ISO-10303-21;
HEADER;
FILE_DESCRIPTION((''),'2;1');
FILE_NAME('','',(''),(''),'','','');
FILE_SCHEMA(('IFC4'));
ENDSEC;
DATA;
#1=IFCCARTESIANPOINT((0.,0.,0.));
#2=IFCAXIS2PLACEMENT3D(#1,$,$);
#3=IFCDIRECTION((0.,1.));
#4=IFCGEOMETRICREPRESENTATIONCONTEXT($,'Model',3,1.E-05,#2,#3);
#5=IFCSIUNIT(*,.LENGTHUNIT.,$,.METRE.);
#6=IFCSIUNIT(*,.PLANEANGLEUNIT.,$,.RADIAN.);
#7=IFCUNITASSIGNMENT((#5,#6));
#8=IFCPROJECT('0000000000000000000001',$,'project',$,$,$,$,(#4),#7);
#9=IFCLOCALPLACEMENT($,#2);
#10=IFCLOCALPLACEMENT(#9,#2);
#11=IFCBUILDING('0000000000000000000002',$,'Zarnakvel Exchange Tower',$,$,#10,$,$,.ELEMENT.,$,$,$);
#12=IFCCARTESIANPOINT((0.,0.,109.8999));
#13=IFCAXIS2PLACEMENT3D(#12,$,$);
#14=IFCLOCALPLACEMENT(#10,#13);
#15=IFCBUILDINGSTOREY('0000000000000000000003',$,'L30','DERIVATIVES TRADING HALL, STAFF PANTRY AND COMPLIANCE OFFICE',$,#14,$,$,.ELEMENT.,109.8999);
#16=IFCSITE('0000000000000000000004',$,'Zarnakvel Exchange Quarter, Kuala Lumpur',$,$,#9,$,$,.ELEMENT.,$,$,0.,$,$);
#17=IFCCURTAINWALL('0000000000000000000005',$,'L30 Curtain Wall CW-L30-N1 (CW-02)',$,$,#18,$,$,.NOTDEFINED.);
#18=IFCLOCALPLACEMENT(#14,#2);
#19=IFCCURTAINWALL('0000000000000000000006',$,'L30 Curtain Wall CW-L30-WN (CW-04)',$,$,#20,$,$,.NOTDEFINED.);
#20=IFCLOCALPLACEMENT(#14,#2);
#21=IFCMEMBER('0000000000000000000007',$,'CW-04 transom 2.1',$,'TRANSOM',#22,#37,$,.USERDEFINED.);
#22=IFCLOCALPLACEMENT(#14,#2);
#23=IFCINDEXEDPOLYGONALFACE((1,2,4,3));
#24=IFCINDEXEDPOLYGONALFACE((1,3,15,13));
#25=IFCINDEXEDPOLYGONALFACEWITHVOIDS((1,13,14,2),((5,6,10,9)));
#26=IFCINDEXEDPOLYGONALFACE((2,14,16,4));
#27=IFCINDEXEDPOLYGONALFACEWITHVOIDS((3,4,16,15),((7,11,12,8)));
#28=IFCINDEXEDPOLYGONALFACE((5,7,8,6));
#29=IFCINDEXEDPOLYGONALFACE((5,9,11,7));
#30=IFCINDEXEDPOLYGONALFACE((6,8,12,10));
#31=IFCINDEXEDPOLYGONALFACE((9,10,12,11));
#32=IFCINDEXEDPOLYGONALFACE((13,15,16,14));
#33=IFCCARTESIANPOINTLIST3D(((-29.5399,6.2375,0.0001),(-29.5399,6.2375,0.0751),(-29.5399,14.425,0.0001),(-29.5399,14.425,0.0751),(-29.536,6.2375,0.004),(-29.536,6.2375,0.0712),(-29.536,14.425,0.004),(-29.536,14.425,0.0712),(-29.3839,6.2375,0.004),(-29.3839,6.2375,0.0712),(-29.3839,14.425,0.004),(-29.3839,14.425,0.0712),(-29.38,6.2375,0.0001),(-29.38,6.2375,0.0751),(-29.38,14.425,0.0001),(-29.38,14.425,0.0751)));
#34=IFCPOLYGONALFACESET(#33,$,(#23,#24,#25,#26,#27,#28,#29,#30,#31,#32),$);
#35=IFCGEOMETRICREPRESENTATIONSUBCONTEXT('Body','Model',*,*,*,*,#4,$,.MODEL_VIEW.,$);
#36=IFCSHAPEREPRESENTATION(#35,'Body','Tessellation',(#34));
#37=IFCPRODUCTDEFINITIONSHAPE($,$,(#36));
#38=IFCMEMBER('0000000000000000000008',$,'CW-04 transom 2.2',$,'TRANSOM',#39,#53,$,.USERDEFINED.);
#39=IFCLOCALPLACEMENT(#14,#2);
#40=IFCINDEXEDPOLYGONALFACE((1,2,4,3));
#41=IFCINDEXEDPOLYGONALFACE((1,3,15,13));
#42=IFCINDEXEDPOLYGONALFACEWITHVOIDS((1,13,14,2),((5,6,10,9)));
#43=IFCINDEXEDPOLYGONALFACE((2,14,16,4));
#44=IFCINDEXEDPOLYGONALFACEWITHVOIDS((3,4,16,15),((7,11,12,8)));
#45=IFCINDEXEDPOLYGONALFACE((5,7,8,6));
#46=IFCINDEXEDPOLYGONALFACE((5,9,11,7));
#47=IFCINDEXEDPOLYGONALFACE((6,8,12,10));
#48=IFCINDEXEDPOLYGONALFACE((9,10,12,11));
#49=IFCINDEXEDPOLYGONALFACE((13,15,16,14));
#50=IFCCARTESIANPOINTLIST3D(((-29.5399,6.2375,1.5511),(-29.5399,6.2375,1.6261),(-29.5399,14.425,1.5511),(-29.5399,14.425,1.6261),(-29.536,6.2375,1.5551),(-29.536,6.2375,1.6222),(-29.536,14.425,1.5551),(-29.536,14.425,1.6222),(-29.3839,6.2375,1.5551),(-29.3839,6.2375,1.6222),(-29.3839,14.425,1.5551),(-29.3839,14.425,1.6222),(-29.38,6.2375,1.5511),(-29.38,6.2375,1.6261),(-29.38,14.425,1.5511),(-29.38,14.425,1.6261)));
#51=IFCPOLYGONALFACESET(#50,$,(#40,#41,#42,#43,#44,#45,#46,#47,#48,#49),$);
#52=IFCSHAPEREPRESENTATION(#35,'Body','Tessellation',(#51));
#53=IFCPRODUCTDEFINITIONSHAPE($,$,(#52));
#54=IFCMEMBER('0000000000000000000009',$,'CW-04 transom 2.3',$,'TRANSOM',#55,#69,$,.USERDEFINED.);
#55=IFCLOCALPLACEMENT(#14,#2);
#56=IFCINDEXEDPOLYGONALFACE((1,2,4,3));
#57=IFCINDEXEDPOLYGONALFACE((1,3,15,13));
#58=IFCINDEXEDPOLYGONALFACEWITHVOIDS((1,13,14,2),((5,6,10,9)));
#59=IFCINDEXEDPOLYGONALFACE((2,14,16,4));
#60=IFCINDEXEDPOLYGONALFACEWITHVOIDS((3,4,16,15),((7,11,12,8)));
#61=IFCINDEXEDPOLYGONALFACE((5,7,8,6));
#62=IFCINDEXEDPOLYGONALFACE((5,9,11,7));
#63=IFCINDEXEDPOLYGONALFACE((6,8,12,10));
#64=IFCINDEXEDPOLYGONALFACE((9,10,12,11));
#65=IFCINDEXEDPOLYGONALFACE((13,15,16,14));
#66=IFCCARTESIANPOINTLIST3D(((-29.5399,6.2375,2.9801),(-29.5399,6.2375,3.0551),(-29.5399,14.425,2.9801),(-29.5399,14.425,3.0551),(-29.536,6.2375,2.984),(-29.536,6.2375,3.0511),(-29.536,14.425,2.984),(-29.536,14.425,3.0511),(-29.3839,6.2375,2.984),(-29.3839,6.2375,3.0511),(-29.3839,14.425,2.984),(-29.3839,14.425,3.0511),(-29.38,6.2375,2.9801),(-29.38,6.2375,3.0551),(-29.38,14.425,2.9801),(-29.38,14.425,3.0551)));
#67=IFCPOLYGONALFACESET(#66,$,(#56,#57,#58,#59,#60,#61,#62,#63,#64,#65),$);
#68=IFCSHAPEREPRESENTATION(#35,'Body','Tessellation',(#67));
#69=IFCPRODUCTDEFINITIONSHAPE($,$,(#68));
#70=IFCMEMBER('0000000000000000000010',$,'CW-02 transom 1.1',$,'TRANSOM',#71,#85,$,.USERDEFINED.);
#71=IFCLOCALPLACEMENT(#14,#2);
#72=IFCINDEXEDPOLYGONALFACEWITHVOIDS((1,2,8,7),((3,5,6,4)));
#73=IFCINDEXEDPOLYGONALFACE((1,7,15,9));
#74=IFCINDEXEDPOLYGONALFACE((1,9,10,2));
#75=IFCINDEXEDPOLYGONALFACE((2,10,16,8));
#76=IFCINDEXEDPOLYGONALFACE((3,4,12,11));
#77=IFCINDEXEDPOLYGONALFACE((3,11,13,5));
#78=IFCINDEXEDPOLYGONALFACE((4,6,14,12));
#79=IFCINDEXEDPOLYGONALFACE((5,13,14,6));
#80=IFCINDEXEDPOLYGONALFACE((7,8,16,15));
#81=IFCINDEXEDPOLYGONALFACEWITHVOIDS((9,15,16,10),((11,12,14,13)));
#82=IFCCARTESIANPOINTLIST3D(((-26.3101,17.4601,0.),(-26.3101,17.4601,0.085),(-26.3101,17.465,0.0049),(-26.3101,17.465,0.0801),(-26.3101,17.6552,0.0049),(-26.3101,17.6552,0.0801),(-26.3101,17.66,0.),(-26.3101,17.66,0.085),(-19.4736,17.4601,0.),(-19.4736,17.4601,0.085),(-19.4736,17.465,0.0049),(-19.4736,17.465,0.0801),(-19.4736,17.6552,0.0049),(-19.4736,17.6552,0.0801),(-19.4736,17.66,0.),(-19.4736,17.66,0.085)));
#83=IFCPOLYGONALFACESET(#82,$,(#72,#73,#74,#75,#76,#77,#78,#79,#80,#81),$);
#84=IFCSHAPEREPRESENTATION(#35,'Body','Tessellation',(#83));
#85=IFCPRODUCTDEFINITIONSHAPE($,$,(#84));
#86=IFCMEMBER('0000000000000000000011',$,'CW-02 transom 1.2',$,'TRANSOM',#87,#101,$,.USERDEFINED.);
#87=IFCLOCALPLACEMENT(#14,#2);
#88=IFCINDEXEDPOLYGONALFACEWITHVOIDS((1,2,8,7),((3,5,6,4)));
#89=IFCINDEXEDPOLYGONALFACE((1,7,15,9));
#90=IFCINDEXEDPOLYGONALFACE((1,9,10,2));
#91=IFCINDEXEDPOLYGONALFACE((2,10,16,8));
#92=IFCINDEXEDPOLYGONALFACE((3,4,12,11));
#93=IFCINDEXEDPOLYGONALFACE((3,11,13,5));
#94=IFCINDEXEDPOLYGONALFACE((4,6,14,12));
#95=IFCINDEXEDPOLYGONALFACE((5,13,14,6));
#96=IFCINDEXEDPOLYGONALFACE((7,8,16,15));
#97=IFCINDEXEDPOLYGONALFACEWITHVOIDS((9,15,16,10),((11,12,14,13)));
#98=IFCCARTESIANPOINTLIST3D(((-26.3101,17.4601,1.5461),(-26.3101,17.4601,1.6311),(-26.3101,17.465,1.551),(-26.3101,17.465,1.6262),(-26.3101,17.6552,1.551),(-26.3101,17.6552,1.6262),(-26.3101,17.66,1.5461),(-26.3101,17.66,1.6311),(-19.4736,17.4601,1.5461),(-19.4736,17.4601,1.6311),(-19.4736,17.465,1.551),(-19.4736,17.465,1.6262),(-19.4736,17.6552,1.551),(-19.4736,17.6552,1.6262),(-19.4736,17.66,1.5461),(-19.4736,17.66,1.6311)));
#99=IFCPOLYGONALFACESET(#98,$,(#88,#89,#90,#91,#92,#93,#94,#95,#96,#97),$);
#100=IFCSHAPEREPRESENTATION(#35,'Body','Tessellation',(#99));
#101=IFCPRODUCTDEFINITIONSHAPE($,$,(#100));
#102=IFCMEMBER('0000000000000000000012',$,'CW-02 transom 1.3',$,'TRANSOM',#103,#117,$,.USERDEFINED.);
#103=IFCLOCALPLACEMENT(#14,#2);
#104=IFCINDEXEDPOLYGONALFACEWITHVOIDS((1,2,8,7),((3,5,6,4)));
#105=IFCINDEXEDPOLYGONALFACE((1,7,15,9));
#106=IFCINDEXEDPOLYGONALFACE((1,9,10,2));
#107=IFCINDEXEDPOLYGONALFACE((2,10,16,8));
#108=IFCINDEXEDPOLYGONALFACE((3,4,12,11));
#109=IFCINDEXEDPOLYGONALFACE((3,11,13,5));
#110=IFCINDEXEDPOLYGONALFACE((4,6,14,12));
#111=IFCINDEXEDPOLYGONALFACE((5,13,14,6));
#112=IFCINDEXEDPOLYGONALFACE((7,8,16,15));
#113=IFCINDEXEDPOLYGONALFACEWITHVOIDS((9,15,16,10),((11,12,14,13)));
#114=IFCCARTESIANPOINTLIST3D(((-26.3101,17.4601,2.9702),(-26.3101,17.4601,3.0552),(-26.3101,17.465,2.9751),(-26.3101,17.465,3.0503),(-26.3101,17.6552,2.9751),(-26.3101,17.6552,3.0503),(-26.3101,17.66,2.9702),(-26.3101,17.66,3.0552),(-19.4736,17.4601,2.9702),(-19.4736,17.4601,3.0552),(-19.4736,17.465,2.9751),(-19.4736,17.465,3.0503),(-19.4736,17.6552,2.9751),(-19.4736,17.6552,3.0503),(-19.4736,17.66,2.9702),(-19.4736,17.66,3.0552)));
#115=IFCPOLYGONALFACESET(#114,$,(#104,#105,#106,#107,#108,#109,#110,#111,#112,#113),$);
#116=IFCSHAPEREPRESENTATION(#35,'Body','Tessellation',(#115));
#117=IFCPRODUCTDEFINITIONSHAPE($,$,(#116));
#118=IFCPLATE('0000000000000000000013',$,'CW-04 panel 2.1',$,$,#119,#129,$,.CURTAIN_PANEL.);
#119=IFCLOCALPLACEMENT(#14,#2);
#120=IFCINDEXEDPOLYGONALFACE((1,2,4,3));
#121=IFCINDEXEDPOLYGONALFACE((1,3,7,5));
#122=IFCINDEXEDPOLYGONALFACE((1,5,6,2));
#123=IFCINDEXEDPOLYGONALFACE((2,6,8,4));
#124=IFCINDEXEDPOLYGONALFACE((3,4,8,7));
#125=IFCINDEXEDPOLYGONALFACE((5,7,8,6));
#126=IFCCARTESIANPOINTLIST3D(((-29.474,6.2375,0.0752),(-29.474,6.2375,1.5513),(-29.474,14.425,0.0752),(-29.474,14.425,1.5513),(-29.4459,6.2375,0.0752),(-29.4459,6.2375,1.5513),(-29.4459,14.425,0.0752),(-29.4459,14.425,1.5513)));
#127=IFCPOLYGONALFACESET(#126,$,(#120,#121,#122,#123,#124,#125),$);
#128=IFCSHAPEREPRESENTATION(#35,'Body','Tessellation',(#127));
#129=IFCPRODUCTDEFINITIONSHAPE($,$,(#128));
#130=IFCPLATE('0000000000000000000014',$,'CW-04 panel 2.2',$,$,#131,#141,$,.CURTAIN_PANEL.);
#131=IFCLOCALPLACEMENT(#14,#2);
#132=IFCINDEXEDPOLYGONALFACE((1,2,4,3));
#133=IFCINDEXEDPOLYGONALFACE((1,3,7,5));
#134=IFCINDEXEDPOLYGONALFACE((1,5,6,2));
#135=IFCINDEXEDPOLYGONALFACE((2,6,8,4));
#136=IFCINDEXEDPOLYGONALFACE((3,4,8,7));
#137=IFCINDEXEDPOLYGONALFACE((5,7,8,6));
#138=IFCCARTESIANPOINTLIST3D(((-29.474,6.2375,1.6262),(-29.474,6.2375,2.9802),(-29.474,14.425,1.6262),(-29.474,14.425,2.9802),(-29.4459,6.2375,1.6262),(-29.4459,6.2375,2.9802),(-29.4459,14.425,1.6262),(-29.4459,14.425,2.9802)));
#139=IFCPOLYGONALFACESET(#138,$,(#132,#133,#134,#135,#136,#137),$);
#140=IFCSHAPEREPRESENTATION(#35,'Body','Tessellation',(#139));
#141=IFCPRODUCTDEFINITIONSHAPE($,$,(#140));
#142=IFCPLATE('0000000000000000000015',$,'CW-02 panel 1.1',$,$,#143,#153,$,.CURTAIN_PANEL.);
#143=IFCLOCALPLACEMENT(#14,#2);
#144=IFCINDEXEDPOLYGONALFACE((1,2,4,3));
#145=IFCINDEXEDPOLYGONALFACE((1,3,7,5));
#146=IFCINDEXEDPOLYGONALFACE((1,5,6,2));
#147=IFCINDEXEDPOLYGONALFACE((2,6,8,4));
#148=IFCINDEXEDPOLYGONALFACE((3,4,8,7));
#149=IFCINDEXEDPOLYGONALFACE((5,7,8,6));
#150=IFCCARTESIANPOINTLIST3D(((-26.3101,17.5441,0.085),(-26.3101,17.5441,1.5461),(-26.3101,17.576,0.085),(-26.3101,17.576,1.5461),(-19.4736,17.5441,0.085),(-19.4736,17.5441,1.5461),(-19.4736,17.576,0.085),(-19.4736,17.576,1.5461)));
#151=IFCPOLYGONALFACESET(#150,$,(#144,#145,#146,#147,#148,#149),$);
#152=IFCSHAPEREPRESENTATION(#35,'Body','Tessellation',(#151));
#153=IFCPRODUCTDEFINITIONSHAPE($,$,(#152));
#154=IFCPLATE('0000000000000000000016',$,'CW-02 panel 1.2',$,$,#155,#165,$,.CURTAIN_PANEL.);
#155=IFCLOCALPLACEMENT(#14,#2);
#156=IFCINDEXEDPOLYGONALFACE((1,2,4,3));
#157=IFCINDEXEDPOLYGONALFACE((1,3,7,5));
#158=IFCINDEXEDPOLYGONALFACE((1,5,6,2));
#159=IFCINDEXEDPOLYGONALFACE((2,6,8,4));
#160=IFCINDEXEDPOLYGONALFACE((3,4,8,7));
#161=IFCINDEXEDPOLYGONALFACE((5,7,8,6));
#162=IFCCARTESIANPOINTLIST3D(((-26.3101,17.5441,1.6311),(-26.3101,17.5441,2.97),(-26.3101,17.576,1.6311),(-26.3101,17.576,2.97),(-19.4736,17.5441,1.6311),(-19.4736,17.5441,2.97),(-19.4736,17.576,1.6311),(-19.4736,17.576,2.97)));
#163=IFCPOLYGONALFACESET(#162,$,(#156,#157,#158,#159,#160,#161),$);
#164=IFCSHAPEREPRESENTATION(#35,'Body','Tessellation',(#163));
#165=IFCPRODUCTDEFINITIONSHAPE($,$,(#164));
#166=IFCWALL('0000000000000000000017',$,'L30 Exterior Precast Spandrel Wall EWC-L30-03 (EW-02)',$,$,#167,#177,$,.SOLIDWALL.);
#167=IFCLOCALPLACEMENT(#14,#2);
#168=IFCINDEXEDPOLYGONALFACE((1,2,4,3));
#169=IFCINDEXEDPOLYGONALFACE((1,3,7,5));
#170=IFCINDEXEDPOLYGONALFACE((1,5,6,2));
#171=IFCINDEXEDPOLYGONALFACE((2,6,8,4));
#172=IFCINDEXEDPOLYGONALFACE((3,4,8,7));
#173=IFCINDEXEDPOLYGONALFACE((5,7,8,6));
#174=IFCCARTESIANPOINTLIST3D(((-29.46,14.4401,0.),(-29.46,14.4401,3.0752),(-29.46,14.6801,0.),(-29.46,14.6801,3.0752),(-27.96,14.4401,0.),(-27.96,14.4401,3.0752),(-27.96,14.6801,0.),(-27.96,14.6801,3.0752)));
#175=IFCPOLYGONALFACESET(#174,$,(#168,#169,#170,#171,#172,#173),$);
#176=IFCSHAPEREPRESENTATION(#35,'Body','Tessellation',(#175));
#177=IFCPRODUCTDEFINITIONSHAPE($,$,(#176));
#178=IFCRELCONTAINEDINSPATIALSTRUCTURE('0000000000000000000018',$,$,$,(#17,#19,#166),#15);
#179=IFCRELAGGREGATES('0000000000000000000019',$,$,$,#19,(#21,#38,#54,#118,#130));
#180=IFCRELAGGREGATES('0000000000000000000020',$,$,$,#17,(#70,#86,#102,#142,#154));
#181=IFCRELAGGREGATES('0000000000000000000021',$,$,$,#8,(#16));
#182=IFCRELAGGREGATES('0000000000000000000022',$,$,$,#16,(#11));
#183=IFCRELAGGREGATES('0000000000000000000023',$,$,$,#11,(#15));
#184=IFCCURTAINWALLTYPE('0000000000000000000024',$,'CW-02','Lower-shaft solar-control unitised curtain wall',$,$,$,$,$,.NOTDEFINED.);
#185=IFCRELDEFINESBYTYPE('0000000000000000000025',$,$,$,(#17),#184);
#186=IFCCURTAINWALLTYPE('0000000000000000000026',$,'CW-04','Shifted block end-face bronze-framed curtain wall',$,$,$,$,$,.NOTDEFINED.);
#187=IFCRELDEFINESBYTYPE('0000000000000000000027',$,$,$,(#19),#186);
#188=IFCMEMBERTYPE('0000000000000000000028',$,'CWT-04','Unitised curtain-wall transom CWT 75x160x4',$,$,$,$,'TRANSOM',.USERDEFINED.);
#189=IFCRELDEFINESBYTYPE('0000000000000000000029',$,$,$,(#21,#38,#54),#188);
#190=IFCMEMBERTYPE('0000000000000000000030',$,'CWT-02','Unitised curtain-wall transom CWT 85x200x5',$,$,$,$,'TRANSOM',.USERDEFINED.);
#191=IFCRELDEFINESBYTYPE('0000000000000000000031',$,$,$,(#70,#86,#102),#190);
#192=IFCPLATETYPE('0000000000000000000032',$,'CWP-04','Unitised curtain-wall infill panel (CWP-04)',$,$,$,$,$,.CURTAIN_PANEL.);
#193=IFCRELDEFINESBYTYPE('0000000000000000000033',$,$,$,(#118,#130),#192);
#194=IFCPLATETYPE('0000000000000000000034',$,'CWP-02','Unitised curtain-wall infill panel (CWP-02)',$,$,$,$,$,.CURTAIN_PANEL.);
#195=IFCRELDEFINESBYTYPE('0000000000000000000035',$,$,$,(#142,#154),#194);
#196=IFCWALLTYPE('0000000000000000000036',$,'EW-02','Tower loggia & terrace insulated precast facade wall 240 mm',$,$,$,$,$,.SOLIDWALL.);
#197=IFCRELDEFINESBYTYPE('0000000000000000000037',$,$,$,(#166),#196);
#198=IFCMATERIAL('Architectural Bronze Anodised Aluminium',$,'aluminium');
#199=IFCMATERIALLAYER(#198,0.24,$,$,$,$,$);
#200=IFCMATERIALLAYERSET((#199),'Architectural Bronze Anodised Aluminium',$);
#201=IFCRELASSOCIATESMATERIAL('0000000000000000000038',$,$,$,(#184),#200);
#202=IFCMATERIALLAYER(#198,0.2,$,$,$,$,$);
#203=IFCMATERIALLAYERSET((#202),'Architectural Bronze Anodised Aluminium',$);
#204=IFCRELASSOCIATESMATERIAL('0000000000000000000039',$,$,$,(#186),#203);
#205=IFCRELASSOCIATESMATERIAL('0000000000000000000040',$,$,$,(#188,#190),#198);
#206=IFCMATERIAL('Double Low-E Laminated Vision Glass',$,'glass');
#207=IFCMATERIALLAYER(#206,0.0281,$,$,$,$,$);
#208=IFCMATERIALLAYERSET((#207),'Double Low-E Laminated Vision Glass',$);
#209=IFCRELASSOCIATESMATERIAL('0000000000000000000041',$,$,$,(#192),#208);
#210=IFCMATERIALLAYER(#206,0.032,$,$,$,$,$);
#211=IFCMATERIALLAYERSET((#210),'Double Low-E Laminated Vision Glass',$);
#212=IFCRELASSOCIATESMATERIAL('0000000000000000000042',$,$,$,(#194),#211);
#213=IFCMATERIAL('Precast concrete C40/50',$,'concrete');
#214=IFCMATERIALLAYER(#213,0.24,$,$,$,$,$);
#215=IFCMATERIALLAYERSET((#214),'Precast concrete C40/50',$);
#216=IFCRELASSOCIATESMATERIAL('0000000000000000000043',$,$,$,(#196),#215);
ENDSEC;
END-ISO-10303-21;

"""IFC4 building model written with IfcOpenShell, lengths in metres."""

from ifc_helpers import new_model, si_unit, direction, frame, frame_2d, origin, origin_2d, place, context, subcontext, project, spatial, rectangle, hollow_rectangle, extrude, source, transform, mapped, material, layer, layer_set, material_profile, profile_set, type_object, element, aggregate, save


model = new_model("IFC4")

# Units and contexts
model_context = context("Model", 3, precision=1e-05, world=origin(), true_north=direction((0.0, 1.0)))
body_context = subcontext(model_context, "Body", "Model", "MODEL_VIEW")
ifc_project = project(units=[si_unit("LENGTHUNIT", "METRE"), si_unit("PLANEANGLEUNIT", "RADIAN")], contexts=[model_context])

# Site, building, storey
site_placement = place(None, origin())
site = spatial("IfcSite", under=ifc_project, at=site_placement, Name="Zarnakvel Exchange Quarter, Kuala Lumpur", CompositionType="ELEMENT", RefElevation=0.0)
building_placement = place(site_placement, origin())
building = spatial("IfcBuilding", under=site, at=building_placement, Name="Zarnakvel Exchange Tower", CompositionType="ELEMENT")
storey_placement = place(building_placement, frame((0.0, 0.0, 109.8999)))
storey = spatial("IfcBuildingStorey", under=building, at=storey_placement, Name="L30", Description="DERIVATIVES TRADING HALL, STAFF PANTRY AND COMPLIANCE OFFICE", CompositionType="ELEMENT", Elevation=109.8999)

# Curtain wall
ifc_material_1 = material(Name="Architectural Bronze Anodised Aluminium", Category="aluminium")
ifc_layer_1 = layer(ifc_material_1, 0.24)
ifc_layer_set_1 = layer_set([ifc_layer_1], Name="Architectural Bronze Anodised Aluminium")
curtain_wall_type_1 = type_object("IfcCurtainWallType", Name="CW-02", Description="Lower-shaft solar-control unitised curtain wall", PredefinedType="NOTDEFINED", material=ifc_layer_set_1)
curtain_wall_1_placement = place(storey_placement, origin())
curtain_wall_1 = element("IfcCurtainWall", 1, at=curtain_wall_1_placement, inside=storey, type_object=curtain_wall_type_1, Name="L30 Curtain Wall CW-L30-N1 (CW-02)", PredefinedType="NOTDEFINED")

# Curtain wall, members
ifc_layer_2 = layer(ifc_material_1, 0.2)
ifc_layer_set_2 = layer_set([ifc_layer_2], Name="Architectural Bronze Anodised Aluminium")
curtain_wall_type_2 = type_object("IfcCurtainWallType", Name="CW-04", Description="Shifted block end-face bronze-framed curtain wall", PredefinedType="NOTDEFINED", material=ifc_layer_set_2)
curtain_wall_2_placement = place(storey_placement, origin())
curtain_wall_2 = element("IfcCurtainWall", 2, at=curtain_wall_2_placement, inside=storey, type_object=curtain_wall_type_2, Name="L30 Curtain Wall CW-L30-WN (CW-04)", PredefinedType="NOTDEFINED")
ifc_material_profile_1 = material_profile(ifc_material_1, hollow_rectangle(XDim=0.1599, YDim=0.075, WallThickness=0.0039, at=origin_2d()))
ifc_profile_set_1 = profile_set([ifc_material_profile_1], Name="Architectural Bronze Anodised Aluminium")
member_type_1 = type_object("IfcMemberType", Name="CWT-04", Description="Unitised curtain-wall transom CWT 75x160x4", ElementType="TRANSOM", PredefinedType="USERDEFINED", material=ifc_profile_set_1)
shared_shape_1 = source(origin(), body_context, "Body", "SweptSolid", [
    extrude(hollow_rectangle(XDim=0.1599, YDim=0.075, WallThickness=0.0039, at=origin_2d()), origin(), (0.0, 0.0, 1.0), 8.1875),
])
member_1_placement = place(storey_placement, frame((-29.46, 6.2375, 0.0376), z_axis=(0.0, 1.0, 0.0), x_axis=(-1.0, 0.0, 0.0)))
member_1 = element("IfcMember", 3, at=member_1_placement, type_object=member_type_1, Name="CW-04 transom 2.1", ObjectType="TRANSOM", PredefinedType="USERDEFINED", context=body_context, shape_type="MappedRepresentation", body=[
    mapped(shared_shape_1, transform((0.0, 0.0, 0.0), x_axis=(1.0, 0.0, 0.0), y_axis=(0.0, 1.0, 0.0), z_axis=(0.0, 0.0, 1.0), scale=1.0)),
])
member_2_placement = place(storey_placement, frame((-29.46, 6.2375, 1.5886), z_axis=(0.0, 1.0, 0.0), x_axis=(-1.0, 0.0, 0.0)))
member_2 = element("IfcMember", 4, at=member_2_placement, type_object=member_type_1, Name="CW-04 transom 2.2", ObjectType="TRANSOM", PredefinedType="USERDEFINED", context=body_context, shape_type="MappedRepresentation", body=[
    mapped(shared_shape_1, transform((0.0, 0.0, 0.0), x_axis=(1.0, 0.0, 0.0), y_axis=(0.0, 1.0, 0.0), z_axis=(0.0, 0.0, 1.0), scale=1.0)),
])
member_3_placement = place(storey_placement, frame((-29.46, 6.2375, 3.0176), z_axis=(0.0, 1.0, 0.0), x_axis=(-1.0, 0.0, 0.0)))
member_3 = element("IfcMember", 5, at=member_3_placement, type_object=member_type_1, Name="CW-04 transom 2.3", ObjectType="TRANSOM", PredefinedType="USERDEFINED", context=body_context, shape_type="MappedRepresentation", body=[
    mapped(shared_shape_1, transform((0.0, 0.0, 0.0), x_axis=(1.0, 0.0, 0.0), y_axis=(0.0, 1.0, 0.0), z_axis=(0.0, 0.0, 1.0), scale=1.0)),
])

# Members
ifc_material_profile_2 = material_profile(ifc_material_1, hollow_rectangle(XDim=0.2, YDim=0.085, WallThickness=0.0049, at=origin_2d()))
ifc_profile_set_2 = profile_set([ifc_material_profile_2], Name="Architectural Bronze Anodised Aluminium")
member_type_2 = type_object("IfcMemberType", Name="CWT-02", Description="Unitised curtain-wall transom CWT 85x200x5", ElementType="TRANSOM", PredefinedType="USERDEFINED", material=ifc_profile_set_2)
shared_shape_2 = source(origin(), body_context, "Body", "SweptSolid", [
    extrude(hollow_rectangle(XDim=0.2, YDim=0.085, WallThickness=0.0049, at=origin_2d()), origin(), (0.0, 0.0, 1.0), 6.8364),
])
member_4_placement = place(storey_placement, frame((-26.3101, 17.5601, 0.0425), z_axis=(1.0, 0.0, 0.0), x_axis=(0.0, 1.0, 0.0)))
member_4 = element("IfcMember", 6, at=member_4_placement, type_object=member_type_2, Name="CW-02 transom 1.1", ObjectType="TRANSOM", PredefinedType="USERDEFINED", context=body_context, shape_type="MappedRepresentation", body=[
    mapped(shared_shape_2, transform((0.0, 0.0, 0.0), x_axis=(1.0, 0.0, 0.0), y_axis=(0.0, 1.0, 0.0), z_axis=(0.0, 0.0, 1.0), scale=1.0)),
])
member_5_placement = place(storey_placement, frame((-26.3101, 17.5601, 1.5886), z_axis=(1.0, 0.0, 0.0), x_axis=(0.0, 1.0, 0.0)))
member_5 = element("IfcMember", 7, at=member_5_placement, type_object=member_type_2, Name="CW-02 transom 1.2", ObjectType="TRANSOM", PredefinedType="USERDEFINED", context=body_context, shape_type="MappedRepresentation", body=[
    mapped(shared_shape_2, transform((0.0, 0.0, 0.0), x_axis=(1.0, 0.0, 0.0), y_axis=(0.0, 1.0, 0.0), z_axis=(0.0, 0.0, 1.0), scale=1.0)),
])
member_6_placement = place(storey_placement, frame((-26.3101, 17.5601, 3.0127), z_axis=(1.0, 0.0, 0.0), x_axis=(0.0, 1.0, 0.0)))
member_6 = element("IfcMember", 8, at=member_6_placement, type_object=member_type_2, Name="CW-02 transom 1.3", ObjectType="TRANSOM", PredefinedType="USERDEFINED", context=body_context, shape_type="MappedRepresentation", body=[
    mapped(shared_shape_2, transform((0.0, 0.0, 0.0), x_axis=(1.0, 0.0, 0.0), y_axis=(0.0, 1.0, 0.0), z_axis=(0.0, 0.0, 1.0), scale=1.0)),
])

# Plates
ifc_material_2 = material(Name="Double Low-E Laminated Vision Glass", Category="glass")
ifc_layer_3 = layer(ifc_material_2, 0.0281)
ifc_layer_set_3 = layer_set([ifc_layer_3], Name="Double Low-E Laminated Vision Glass")
plate_type_1 = type_object("IfcPlateType", Name="CWP-04", Description="Unitised curtain-wall infill panel (CWP-04)", PredefinedType="CURTAIN_PANEL", material=ifc_layer_set_3)
shared_shape_3 = source(origin(), body_context, "Body", "SweptSolid", [
    extrude(rectangle(XDim=8.1875, YDim=0.0281, at=origin_2d()), origin(), (0.0, 0.0, 1.0), 1.4761),
])
plate_1_placement = place(storey_placement, frame((-29.46, 10.3313, 0.0752), z_axis=(0.0, 0.0, 1.0), x_axis=(0.0, 1.0, 0.0)))
plate_1 = element("IfcPlate", 9, at=plate_1_placement, type_object=plate_type_1, Name="CW-04 panel 2.1", PredefinedType="CURTAIN_PANEL", context=body_context, shape_type="MappedRepresentation", body=[
    mapped(shared_shape_3, transform((0.0, 0.0, 0.0), x_axis=(1.0, 0.0, 0.0), y_axis=(0.0, 1.0, 0.0), z_axis=(0.0, 0.0, 1.0), scale=1.0)),
])
shared_shape_4 = source(origin(), body_context, "Body", "SweptSolid", [
    extrude(rectangle(XDim=8.1875, YDim=0.0281, at=origin_2d()), origin(), (0.0, 0.0, 1.0), 1.354),
])
plate_2_placement = place(storey_placement, frame((-29.46, 10.3313, 1.6262), z_axis=(0.0, 0.0, 1.0), x_axis=(0.0, 1.0, 0.0)))
plate_2 = element("IfcPlate", 10, at=plate_2_placement, type_object=plate_type_1, Name="CW-04 panel 2.2", PredefinedType="CURTAIN_PANEL", context=body_context, shape_type="MappedRepresentation", body=[
    mapped(shared_shape_4, transform((0.0, 0.0, 0.0), x_axis=(1.0, 0.0, 0.0), y_axis=(0.0, 1.0, 0.0), z_axis=(0.0, 0.0, 1.0), scale=1.0)),
])
aggregate(curtain_wall_2, [member_1, member_2, member_3, plate_1, plate_2])
ifc_layer_4 = layer(ifc_material_2, 0.032)
ifc_layer_set_4 = layer_set([ifc_layer_4], Name="Double Low-E Laminated Vision Glass")
plate_type_2 = type_object("IfcPlateType", Name="CWP-02", Description="Unitised curtain-wall infill panel (CWP-02)", PredefinedType="CURTAIN_PANEL", material=ifc_layer_set_4)
shared_shape_5 = source(origin(), body_context, "Body", "SweptSolid", [
    extrude(rectangle(XDim=6.8364, YDim=0.032, at=origin_2d()), origin(), (0.0, 0.0, 1.0), 1.4612),
])
plate_3_placement = place(storey_placement, frame((-22.8918, 17.5601, 0.085), z_axis=(0.0, 0.0, 1.0), x_axis=(1.0, 0.0, 0.0)))
plate_3 = element("IfcPlate", 11, at=plate_3_placement, type_object=plate_type_2, Name="CW-02 panel 1.1", PredefinedType="CURTAIN_PANEL", context=body_context, shape_type="MappedRepresentation", body=[
    mapped(shared_shape_5, transform((0.0, 0.0, 0.0), x_axis=(1.0, 0.0, 0.0), y_axis=(0.0, 1.0, 0.0), z_axis=(0.0, 0.0, 1.0), scale=1.0)),
])
shared_shape_6 = source(origin(), body_context, "Body", "SweptSolid", [
    extrude(rectangle(XDim=6.8364, YDim=0.032, at=origin_2d()), origin(), (0.0, 0.0, 1.0), 1.3389),
])
plate_4_placement = place(storey_placement, frame((-22.8918, 17.5601, 1.6311), z_axis=(0.0, 0.0, 1.0), x_axis=(1.0, 0.0, 0.0)))
plate_4 = element("IfcPlate", 12, at=plate_4_placement, type_object=plate_type_2, Name="CW-02 panel 1.2", PredefinedType="CURTAIN_PANEL", context=body_context, shape_type="MappedRepresentation", body=[
    mapped(shared_shape_6, transform((0.0, 0.0, 0.0), x_axis=(1.0, 0.0, 0.0), y_axis=(0.0, 1.0, 0.0), z_axis=(0.0, 0.0, 1.0), scale=1.0)),
])
aggregate(curtain_wall_1, [member_4, member_5, member_6, plate_3, plate_4])

# Wall
ifc_material_3 = material(Name="Precast concrete C40/50", Category="concrete")
ifc_layer_5 = layer(ifc_material_3, 0.24)
ifc_layer_set_5 = layer_set([ifc_layer_5], Name="Precast concrete C40/50")
wall_type_1 = type_object("IfcWallType", Name="EW-02", Description="Tower loggia & terrace insulated precast facade wall 240 mm", PredefinedType="SOLIDWALL", material=ifc_layer_set_5)
for number, where, z_axis, x_axis, name in (
    (13, (-27.96, 14.5601, 0.0), (0.0, 0.0, 1.0), (-1.0, 0.0, 0.0), "L30 Exterior Precast Spandrel Wall EWC-L30-03 (EW-02)"),
):
    element("IfcWall", number, at=place(storey_placement, frame(where, z_axis=z_axis, x_axis=x_axis)), inside=storey, type_object=wall_type_1, Name=name, PredefinedType="SOLIDWALL", context=body_context, shape_type="SweptSolid", body=[
        extrude(rectangle(XDim=1.5, YDim=0.24, at=frame_2d((0.75, 0.0))), origin(), (0.0, 0.0, 1.0), 3.0752),
    ])

save(model, "model.ifc")
